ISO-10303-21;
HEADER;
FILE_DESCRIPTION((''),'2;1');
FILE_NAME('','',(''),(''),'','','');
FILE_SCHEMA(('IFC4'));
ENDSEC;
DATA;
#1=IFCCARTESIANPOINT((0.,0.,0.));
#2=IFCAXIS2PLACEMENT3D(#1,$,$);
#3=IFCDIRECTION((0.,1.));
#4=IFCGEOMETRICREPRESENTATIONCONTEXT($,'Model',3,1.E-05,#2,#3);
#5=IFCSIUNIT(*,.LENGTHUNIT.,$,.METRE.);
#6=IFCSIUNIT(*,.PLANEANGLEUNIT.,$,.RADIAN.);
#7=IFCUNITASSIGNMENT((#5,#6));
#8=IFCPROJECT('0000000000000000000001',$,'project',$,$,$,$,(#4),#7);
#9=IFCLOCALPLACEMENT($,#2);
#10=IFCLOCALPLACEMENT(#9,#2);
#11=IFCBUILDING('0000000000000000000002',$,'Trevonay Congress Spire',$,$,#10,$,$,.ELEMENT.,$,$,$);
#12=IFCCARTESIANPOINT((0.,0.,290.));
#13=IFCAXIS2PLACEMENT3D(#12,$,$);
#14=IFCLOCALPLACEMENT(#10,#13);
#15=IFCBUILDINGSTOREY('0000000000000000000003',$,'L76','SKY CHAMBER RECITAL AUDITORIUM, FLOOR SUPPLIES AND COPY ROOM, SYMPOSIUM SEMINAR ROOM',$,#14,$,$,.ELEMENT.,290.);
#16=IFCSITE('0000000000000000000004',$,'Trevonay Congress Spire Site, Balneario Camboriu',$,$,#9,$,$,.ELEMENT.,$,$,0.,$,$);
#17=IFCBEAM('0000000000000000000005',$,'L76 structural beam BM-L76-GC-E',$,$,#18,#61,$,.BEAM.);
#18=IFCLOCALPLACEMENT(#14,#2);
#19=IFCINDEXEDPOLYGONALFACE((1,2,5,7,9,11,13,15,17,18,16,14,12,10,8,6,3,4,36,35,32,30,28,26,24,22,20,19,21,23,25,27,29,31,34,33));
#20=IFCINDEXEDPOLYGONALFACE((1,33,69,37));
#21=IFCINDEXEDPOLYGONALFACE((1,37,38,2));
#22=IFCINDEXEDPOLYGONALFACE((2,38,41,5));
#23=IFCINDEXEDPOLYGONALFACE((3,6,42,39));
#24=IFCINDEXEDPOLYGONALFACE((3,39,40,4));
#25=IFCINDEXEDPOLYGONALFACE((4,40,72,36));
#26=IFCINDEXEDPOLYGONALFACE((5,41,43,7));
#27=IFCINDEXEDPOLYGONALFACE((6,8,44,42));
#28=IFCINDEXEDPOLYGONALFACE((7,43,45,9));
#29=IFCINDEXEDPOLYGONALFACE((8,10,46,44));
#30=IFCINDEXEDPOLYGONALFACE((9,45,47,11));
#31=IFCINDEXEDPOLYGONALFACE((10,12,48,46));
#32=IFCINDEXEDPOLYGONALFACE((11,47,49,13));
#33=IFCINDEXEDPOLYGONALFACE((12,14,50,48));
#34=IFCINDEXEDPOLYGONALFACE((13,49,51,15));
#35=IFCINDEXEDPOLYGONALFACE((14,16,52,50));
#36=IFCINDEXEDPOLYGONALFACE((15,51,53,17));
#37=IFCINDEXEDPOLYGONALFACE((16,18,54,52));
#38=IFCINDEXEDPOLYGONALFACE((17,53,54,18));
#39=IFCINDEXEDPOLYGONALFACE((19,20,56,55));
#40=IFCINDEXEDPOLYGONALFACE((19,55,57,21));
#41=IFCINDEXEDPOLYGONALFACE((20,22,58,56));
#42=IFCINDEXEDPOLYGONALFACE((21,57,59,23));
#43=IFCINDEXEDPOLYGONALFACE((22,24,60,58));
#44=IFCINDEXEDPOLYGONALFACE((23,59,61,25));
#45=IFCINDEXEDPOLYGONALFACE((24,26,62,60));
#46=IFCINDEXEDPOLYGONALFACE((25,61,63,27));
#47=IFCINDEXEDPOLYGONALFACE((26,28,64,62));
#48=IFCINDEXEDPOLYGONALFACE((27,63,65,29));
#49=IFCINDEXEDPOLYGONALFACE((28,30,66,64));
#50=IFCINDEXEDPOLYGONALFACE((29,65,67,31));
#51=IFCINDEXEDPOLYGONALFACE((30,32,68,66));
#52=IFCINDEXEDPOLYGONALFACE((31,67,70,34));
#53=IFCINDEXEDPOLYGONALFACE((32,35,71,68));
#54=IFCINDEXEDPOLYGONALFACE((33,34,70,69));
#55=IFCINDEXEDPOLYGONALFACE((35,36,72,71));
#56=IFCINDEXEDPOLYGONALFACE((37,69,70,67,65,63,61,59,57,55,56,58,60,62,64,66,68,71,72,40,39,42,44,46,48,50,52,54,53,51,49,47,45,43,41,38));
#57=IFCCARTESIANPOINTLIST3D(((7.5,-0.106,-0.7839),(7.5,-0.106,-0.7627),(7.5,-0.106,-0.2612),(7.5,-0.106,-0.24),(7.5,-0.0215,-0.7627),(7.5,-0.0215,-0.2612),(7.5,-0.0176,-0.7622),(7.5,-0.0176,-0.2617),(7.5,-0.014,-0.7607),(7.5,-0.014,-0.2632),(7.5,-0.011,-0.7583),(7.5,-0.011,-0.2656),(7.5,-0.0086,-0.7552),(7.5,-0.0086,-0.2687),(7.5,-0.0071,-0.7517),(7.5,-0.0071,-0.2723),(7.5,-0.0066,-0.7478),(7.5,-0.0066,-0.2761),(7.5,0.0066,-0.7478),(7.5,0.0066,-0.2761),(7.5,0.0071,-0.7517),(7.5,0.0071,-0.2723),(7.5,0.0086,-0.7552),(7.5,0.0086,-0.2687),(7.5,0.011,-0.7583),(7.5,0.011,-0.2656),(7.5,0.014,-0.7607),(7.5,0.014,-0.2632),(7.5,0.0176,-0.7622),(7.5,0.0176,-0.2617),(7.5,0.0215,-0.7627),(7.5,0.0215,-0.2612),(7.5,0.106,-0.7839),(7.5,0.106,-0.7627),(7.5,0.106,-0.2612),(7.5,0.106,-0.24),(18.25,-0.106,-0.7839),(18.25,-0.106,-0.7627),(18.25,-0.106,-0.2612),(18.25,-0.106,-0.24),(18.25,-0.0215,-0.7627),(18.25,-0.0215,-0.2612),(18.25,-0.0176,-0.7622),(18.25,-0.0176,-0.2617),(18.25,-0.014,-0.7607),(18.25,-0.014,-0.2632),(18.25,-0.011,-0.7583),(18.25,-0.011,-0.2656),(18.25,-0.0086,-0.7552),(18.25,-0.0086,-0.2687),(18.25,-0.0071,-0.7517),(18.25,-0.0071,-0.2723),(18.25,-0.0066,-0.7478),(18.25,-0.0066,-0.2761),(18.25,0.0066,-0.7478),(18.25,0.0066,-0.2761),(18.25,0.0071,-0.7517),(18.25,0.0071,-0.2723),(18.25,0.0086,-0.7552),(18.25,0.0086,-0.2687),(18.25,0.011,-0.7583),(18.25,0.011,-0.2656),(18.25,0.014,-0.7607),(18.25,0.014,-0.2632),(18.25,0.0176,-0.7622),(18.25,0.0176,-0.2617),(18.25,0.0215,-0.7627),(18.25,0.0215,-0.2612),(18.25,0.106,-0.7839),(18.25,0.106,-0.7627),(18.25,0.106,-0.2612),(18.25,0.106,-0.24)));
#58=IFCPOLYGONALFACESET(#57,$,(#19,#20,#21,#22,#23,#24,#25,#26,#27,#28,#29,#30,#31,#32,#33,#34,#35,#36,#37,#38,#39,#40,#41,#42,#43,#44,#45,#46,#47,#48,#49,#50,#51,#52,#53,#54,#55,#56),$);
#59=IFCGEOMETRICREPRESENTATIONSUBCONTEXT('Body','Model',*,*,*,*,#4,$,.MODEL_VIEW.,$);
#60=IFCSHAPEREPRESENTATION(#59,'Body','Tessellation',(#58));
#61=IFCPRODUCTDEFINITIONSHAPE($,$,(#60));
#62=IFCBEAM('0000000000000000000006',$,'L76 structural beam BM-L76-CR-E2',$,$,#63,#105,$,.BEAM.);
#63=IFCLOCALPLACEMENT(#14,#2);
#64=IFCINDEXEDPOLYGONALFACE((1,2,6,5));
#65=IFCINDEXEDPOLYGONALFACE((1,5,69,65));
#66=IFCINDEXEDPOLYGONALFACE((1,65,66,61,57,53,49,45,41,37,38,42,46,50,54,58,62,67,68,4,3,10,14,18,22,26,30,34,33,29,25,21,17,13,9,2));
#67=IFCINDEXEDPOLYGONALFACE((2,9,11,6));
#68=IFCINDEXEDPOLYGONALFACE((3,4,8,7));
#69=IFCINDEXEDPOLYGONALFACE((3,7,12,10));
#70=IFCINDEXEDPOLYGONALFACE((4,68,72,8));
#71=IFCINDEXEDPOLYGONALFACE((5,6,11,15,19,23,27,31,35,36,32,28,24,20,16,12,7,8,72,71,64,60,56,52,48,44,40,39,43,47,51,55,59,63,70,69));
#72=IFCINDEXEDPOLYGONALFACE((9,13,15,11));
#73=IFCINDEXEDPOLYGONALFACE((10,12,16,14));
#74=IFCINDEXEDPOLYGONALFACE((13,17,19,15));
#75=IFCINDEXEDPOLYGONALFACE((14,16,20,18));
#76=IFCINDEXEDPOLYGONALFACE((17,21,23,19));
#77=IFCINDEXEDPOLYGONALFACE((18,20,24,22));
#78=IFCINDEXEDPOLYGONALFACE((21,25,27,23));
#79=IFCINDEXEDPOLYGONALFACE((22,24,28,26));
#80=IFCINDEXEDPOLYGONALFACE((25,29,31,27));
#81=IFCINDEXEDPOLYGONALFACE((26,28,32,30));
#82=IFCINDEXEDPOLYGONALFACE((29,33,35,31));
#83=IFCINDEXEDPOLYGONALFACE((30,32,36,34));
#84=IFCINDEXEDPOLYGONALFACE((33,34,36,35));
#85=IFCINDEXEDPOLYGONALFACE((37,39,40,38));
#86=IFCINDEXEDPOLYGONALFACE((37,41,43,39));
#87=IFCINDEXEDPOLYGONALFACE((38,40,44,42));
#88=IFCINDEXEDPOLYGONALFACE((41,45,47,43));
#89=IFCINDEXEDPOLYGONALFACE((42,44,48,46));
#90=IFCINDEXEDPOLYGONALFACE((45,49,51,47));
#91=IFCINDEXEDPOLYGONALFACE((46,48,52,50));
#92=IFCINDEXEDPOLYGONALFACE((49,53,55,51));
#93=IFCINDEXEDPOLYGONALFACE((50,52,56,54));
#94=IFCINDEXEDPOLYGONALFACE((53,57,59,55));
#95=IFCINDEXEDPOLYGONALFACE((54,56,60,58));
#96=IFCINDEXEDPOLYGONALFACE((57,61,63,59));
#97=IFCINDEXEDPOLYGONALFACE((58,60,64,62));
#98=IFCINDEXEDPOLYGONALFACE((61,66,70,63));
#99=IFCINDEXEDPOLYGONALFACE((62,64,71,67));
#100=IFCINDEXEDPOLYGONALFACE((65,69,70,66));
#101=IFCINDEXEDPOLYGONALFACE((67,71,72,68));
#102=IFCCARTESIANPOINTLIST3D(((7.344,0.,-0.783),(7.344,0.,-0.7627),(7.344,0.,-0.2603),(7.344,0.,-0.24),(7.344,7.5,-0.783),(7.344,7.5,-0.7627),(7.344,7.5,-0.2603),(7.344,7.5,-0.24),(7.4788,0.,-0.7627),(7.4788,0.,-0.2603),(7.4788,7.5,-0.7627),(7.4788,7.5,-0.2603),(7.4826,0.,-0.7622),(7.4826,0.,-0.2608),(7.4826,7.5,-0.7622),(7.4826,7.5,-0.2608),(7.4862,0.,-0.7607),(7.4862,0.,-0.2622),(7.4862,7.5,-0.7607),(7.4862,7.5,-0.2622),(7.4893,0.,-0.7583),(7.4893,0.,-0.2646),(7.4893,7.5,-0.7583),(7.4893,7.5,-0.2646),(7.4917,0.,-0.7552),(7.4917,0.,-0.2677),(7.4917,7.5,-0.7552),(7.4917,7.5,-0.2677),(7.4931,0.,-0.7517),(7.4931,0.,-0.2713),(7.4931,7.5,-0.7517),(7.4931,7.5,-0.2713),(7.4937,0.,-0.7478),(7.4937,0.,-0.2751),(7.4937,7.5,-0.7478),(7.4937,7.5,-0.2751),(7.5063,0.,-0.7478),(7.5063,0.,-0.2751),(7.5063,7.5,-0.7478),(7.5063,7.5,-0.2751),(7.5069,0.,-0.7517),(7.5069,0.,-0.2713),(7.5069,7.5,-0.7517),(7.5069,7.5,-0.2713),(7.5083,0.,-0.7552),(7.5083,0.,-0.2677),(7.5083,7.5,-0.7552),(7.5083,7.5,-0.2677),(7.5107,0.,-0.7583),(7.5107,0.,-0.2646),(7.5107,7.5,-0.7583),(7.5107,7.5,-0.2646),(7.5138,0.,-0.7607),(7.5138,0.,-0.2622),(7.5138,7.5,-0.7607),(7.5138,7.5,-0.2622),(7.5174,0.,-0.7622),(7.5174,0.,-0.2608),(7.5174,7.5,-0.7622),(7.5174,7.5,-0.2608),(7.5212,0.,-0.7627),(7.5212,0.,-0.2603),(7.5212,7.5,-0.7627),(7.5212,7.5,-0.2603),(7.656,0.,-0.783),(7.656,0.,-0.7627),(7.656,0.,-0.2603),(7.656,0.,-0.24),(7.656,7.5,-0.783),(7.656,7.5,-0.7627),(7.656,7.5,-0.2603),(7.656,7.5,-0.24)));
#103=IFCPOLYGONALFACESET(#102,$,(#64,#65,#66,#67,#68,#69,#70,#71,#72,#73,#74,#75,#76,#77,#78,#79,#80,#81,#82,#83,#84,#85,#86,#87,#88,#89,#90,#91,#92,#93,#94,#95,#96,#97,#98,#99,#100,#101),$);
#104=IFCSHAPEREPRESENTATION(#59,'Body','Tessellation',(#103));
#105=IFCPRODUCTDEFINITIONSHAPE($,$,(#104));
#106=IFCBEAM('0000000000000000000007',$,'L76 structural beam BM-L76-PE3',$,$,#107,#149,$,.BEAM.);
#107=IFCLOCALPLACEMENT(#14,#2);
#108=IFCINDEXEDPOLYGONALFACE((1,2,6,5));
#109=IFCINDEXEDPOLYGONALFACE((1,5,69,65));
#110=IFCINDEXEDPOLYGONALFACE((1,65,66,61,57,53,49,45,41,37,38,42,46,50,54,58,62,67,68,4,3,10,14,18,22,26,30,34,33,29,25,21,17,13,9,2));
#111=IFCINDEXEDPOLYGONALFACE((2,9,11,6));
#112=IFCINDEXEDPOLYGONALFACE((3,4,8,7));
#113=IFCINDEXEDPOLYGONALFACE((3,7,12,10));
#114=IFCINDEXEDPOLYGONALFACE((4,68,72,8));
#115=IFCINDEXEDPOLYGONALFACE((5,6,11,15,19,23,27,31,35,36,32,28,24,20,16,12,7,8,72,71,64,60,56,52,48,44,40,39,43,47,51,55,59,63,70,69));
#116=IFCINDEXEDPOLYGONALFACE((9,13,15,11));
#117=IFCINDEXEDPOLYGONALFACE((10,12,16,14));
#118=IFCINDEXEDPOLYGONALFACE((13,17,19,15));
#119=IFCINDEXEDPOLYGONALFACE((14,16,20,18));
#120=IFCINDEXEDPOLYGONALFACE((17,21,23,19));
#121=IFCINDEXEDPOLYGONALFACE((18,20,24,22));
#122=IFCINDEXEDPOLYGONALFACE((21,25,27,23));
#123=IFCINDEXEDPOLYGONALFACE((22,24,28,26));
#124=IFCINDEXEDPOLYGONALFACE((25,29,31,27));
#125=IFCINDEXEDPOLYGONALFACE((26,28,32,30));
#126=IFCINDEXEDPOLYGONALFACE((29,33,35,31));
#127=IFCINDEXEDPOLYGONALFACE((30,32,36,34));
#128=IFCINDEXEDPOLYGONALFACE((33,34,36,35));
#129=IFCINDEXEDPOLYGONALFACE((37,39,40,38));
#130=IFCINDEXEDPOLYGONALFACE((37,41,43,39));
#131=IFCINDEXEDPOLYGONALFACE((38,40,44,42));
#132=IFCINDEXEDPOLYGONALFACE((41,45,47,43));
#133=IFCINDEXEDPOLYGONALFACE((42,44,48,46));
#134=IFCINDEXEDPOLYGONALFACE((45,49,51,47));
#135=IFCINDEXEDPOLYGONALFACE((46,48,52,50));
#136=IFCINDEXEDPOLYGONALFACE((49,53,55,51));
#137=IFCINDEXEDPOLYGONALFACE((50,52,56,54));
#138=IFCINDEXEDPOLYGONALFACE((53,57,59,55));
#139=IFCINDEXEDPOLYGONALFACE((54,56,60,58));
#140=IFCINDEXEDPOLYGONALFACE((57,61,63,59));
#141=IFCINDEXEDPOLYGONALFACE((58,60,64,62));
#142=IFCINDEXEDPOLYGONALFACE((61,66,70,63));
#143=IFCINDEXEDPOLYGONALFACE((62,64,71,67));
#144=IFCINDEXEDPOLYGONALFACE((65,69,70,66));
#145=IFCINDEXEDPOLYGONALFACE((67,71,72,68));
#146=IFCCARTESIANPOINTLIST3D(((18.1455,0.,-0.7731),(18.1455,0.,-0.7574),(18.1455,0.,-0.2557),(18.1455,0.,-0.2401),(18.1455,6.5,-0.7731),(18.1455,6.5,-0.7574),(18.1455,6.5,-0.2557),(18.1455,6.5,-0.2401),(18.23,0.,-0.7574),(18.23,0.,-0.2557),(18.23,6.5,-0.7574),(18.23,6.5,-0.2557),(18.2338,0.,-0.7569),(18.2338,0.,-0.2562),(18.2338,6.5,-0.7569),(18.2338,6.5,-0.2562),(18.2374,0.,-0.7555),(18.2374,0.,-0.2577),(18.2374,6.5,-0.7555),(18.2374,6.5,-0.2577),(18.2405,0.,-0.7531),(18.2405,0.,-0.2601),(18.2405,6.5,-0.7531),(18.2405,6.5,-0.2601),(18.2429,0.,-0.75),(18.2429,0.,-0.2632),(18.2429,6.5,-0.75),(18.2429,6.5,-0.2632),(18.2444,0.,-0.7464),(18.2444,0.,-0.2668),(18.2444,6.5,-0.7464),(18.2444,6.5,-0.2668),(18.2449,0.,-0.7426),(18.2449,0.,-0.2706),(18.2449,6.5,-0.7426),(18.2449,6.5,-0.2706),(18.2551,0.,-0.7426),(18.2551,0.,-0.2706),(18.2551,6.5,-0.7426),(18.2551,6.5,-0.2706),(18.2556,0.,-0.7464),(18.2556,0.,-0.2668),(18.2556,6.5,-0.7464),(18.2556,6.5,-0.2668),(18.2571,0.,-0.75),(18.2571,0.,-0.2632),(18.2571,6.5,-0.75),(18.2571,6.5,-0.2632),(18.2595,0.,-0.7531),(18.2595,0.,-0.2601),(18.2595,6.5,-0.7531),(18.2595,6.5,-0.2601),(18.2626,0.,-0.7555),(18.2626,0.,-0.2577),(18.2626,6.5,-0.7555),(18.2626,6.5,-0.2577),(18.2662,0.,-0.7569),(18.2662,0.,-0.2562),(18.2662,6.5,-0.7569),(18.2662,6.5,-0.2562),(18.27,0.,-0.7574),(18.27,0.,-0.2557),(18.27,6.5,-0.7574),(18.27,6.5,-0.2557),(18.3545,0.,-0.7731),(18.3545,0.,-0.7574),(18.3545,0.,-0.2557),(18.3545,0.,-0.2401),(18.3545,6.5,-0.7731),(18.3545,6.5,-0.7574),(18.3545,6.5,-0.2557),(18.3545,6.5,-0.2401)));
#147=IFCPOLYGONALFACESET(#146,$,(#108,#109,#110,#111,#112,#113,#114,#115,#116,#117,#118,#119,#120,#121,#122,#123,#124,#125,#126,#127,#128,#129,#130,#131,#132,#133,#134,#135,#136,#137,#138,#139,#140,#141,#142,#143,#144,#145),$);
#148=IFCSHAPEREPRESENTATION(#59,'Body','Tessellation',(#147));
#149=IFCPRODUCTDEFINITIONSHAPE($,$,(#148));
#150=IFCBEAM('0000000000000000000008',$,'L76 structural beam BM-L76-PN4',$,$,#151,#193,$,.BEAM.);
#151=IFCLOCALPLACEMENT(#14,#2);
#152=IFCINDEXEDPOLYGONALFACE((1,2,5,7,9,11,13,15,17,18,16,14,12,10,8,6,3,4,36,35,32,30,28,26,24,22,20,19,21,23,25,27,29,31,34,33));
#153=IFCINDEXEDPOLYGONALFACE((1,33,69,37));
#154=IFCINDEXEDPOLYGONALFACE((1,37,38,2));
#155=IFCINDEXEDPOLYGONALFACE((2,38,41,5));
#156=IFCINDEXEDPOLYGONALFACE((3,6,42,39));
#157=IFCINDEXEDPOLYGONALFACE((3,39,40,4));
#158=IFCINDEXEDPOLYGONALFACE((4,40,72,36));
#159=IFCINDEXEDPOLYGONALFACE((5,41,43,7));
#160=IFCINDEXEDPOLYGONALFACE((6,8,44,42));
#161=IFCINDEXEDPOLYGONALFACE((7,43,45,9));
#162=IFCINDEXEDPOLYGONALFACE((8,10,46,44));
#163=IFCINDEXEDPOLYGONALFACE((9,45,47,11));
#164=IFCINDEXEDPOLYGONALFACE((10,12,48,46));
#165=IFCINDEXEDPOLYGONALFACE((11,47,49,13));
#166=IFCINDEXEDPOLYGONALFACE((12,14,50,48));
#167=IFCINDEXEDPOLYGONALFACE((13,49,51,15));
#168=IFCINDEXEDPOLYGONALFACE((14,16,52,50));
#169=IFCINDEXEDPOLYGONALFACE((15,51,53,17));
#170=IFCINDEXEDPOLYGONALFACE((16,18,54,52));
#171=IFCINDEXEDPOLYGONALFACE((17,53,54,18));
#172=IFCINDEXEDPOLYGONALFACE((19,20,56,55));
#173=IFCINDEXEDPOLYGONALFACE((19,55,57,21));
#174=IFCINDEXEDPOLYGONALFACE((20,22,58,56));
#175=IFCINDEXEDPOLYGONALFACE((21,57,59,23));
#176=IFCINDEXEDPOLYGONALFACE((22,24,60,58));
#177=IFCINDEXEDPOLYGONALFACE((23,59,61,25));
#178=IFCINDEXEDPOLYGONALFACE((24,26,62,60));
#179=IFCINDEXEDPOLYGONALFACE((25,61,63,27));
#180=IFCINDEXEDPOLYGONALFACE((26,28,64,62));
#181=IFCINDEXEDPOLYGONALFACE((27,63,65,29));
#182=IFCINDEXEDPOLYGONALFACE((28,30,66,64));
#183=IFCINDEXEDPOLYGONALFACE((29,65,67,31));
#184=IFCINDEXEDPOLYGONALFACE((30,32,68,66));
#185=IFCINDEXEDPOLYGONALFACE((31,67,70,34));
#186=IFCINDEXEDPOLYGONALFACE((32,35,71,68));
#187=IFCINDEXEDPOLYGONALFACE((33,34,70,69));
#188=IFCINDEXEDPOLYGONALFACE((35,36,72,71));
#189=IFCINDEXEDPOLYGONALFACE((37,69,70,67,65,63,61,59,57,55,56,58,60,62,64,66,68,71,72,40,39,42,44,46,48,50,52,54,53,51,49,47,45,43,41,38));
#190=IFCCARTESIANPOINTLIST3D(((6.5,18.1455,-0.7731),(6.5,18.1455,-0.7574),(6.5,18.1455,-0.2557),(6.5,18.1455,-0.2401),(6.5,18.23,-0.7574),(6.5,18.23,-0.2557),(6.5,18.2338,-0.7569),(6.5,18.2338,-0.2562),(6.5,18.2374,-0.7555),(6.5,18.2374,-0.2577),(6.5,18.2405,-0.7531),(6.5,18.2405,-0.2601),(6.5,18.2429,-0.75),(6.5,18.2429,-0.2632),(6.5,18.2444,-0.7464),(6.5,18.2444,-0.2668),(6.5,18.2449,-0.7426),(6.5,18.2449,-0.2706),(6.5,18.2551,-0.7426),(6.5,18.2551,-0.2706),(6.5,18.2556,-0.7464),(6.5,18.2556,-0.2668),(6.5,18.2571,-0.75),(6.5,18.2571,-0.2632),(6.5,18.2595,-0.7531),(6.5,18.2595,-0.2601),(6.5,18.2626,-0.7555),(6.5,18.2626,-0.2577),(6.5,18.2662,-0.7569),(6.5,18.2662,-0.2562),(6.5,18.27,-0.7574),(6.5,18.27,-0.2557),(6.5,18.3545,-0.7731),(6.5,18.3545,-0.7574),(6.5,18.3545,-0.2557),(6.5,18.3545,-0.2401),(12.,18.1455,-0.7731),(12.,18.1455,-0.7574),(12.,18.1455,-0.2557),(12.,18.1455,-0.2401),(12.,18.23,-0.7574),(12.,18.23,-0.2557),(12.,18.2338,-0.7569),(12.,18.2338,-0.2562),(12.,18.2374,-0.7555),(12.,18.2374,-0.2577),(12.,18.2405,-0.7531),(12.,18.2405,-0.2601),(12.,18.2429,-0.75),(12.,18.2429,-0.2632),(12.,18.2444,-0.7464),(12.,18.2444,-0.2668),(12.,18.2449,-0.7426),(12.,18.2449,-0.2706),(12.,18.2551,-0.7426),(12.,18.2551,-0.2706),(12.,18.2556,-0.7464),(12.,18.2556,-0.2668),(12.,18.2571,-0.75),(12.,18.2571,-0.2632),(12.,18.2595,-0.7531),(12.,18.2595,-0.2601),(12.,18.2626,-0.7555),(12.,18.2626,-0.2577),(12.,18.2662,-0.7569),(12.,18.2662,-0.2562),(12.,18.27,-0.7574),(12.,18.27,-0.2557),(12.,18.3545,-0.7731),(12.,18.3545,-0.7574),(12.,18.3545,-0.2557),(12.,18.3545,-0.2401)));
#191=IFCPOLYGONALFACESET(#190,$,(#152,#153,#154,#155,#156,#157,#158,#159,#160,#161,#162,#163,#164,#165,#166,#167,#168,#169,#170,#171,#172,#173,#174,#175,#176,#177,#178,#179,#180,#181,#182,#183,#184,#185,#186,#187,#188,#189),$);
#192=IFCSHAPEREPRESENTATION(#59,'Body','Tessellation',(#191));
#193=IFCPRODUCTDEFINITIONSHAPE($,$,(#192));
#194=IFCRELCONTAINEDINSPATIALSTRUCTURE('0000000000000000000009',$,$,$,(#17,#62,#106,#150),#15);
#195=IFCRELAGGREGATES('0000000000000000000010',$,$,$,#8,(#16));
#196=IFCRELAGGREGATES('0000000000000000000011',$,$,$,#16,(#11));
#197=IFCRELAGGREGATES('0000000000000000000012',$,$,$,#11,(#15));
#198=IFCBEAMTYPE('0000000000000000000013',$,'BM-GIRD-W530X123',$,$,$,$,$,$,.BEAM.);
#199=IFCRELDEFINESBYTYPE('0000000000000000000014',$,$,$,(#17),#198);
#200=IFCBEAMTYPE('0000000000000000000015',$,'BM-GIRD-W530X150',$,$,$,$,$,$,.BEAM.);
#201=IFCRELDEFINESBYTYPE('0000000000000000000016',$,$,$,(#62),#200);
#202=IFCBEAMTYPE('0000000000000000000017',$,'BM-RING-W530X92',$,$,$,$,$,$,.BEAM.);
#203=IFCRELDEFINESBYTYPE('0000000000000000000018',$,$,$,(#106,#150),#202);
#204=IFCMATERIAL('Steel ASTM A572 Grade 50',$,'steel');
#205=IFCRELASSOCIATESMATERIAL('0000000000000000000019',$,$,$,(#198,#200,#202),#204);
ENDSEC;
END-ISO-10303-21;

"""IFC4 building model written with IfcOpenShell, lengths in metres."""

from ifc_helpers import new_model, si_unit, direction, frame, origin, origin_2d, place, context, subcontext, project, spatial, i_section, extrude, material, material_profile, profile_set, type_object, element, save


model = new_model("IFC4")

# Units and contexts
model_context = context("Model", 3, precision=1e-05, world=origin(), true_north=direction((0.0, 1.0)))
body_context = subcontext(model_context, "Body", "Model", "MODEL_VIEW")
ifc_project = project(units=[si_unit("LENGTHUNIT", "METRE"), si_unit("PLANEANGLEUNIT", "RADIAN")], contexts=[model_context])

# Site, building, storey
site_placement = place(None, origin())
site = spatial("IfcSite", under=ifc_project, at=site_placement, Name="Trevonay Congress Spire Site, Balneario Camboriu", CompositionType="ELEMENT", RefElevation=0.0)
building_placement = place(site_placement, origin())
building = spatial("IfcBuilding", under=site, at=building_placement, Name="Trevonay Congress Spire", CompositionType="ELEMENT")
storey_placement = place(building_placement, frame((0.0, 0.0, 290.0)))
storey = spatial("IfcBuildingStorey", under=building, at=storey_placement, Name="L76", Description="SKY CHAMBER RECITAL AUDITORIUM, FLOOR SUPPLIES AND COPY ROOM, SYMPOSIUM SEMINAR ROOM", CompositionType="ELEMENT", Elevation=290.0)

# Shared definitions
ifc_material_1 = material(Name="Steel ASTM A572 Grade 50", Category="steel")

# Beams
ifc_material_profile_1 = material_profile(ifc_material_1, i_section(OverallWidth=0.2119, OverallDepth=0.5439, WebThickness=0.0132, FlangeThickness=0.0212, FilletRadius=0.0149, at=origin_2d()), Name="W530x123")
ifc_profile_set_1 = profile_set([ifc_material_profile_1], Name="Steel ASTM A572 Grade 50")
beam_type_1 = type_object("IfcBeamType", Name="BM-GIRD-W530X123", PredefinedType="BEAM", material=ifc_profile_set_1)
beam_1_placement = place(storey_placement, frame((7.5, 0.0, -0.512), z_axis=(1.0, 0.0, 0.0), x_axis=(0.0, 1.0, 0.0)))
element("IfcBeam", 1, at=beam_1_placement, inside=storey, type_object=beam_type_1, Name="L76 structural beam BM-L76-GC-E", PredefinedType="BEAM", context=body_context, shape_type="SweptSolid", body=[
    extrude(i_section(OverallWidth=0.2119, OverallDepth=0.5439, WebThickness=0.0132, FlangeThickness=0.0212, FilletRadius=0.0149, at=origin_2d()), origin(), (0.0, 0.0, 1.0), 10.75),
])
ifc_material_profile_2 = material_profile(ifc_material_1, i_section(OverallWidth=0.312, OverallDepth=0.543, WebThickness=0.0127, FlangeThickness=0.0203, FilletRadius=0.0149, at=origin_2d()), Name="W530x150")
ifc_profile_set_2 = profile_set([ifc_material_profile_2], Name="Steel ASTM A572 Grade 50")
beam_type_2 = type_object("IfcBeamType", Name="BM-GIRD-W530X150", PredefinedType="BEAM", material=ifc_profile_set_2)
beam_2_placement = place(storey_placement, frame((7.5, 0.0, -0.5115), z_axis=(0.0, 1.0, 0.0), x_axis=(-1.0, 0.0, 0.0)))
element("IfcBeam", 2, at=beam_2_placement, inside=storey, type_object=beam_type_2, Name="L76 structural beam BM-L76-CR-E2", PredefinedType="BEAM", context=body_context, shape_type="SweptSolid", body=[
    extrude(i_section(OverallWidth=0.312, OverallDepth=0.543, WebThickness=0.0127, FlangeThickness=0.0203, FilletRadius=0.0149, at=origin_2d()), origin(), (0.0, 0.0, 1.0), 7.5),
])
ifc_material_profile_3 = material_profile(ifc_material_1, i_section(OverallWidth=0.209, OverallDepth=0.533, WebThickness=0.0103, FlangeThickness=0.0156, FilletRadius=0.0149, at=origin_2d()), Name="W530x92")
ifc_profile_set_3 = profile_set([ifc_material_profile_3], Name="Steel ASTM A572 Grade 50")
beam_type_3 = type_object("IfcBeamType", Name="BM-RING-W530X92", PredefinedType="BEAM", material=ifc_profile_set_3)
beam_3_placement = place(storey_placement, frame((18.25, 0.0, -0.5066), z_axis=(0.0, 1.0, 0.0), x_axis=(-1.0, 0.0, 0.0)))
element("IfcBeam", 3, at=beam_3_placement, inside=storey, type_object=beam_type_3, Name="L76 structural beam BM-L76-PE3", PredefinedType="BEAM", context=body_context, shape_type="SweptSolid", body=[
    extrude(i_section(OverallWidth=0.209, OverallDepth=0.533, WebThickness=0.0103, FlangeThickness=0.0156, FilletRadius=0.0149, at=origin_2d()), origin(), (0.0, 0.0, 1.0), 6.5),
])
for number, where, z_axis, x_axis, name in (
    (4, (6.5, 18.25, -0.5066), (1.0, 0.0, 0.0), (0.0, 1.0, 0.0), "L76 structural beam BM-L76-PN4"),
):
    element("IfcBeam", number, at=place(storey_placement, frame(where, z_axis=z_axis, x_axis=x_axis)), inside=storey, type_object=beam_type_3, Name=name, PredefinedType="BEAM", context=body_context, shape_type="SweptSolid", body=[
        extrude(i_section(OverallWidth=0.209, OverallDepth=0.533, WebThickness=0.0103, FlangeThickness=0.0156, FilletRadius=0.0149, at=origin_2d()), origin(), (0.0, 0.0, 1.0), 5.5),
    ])

save(model, "model.ifc")
